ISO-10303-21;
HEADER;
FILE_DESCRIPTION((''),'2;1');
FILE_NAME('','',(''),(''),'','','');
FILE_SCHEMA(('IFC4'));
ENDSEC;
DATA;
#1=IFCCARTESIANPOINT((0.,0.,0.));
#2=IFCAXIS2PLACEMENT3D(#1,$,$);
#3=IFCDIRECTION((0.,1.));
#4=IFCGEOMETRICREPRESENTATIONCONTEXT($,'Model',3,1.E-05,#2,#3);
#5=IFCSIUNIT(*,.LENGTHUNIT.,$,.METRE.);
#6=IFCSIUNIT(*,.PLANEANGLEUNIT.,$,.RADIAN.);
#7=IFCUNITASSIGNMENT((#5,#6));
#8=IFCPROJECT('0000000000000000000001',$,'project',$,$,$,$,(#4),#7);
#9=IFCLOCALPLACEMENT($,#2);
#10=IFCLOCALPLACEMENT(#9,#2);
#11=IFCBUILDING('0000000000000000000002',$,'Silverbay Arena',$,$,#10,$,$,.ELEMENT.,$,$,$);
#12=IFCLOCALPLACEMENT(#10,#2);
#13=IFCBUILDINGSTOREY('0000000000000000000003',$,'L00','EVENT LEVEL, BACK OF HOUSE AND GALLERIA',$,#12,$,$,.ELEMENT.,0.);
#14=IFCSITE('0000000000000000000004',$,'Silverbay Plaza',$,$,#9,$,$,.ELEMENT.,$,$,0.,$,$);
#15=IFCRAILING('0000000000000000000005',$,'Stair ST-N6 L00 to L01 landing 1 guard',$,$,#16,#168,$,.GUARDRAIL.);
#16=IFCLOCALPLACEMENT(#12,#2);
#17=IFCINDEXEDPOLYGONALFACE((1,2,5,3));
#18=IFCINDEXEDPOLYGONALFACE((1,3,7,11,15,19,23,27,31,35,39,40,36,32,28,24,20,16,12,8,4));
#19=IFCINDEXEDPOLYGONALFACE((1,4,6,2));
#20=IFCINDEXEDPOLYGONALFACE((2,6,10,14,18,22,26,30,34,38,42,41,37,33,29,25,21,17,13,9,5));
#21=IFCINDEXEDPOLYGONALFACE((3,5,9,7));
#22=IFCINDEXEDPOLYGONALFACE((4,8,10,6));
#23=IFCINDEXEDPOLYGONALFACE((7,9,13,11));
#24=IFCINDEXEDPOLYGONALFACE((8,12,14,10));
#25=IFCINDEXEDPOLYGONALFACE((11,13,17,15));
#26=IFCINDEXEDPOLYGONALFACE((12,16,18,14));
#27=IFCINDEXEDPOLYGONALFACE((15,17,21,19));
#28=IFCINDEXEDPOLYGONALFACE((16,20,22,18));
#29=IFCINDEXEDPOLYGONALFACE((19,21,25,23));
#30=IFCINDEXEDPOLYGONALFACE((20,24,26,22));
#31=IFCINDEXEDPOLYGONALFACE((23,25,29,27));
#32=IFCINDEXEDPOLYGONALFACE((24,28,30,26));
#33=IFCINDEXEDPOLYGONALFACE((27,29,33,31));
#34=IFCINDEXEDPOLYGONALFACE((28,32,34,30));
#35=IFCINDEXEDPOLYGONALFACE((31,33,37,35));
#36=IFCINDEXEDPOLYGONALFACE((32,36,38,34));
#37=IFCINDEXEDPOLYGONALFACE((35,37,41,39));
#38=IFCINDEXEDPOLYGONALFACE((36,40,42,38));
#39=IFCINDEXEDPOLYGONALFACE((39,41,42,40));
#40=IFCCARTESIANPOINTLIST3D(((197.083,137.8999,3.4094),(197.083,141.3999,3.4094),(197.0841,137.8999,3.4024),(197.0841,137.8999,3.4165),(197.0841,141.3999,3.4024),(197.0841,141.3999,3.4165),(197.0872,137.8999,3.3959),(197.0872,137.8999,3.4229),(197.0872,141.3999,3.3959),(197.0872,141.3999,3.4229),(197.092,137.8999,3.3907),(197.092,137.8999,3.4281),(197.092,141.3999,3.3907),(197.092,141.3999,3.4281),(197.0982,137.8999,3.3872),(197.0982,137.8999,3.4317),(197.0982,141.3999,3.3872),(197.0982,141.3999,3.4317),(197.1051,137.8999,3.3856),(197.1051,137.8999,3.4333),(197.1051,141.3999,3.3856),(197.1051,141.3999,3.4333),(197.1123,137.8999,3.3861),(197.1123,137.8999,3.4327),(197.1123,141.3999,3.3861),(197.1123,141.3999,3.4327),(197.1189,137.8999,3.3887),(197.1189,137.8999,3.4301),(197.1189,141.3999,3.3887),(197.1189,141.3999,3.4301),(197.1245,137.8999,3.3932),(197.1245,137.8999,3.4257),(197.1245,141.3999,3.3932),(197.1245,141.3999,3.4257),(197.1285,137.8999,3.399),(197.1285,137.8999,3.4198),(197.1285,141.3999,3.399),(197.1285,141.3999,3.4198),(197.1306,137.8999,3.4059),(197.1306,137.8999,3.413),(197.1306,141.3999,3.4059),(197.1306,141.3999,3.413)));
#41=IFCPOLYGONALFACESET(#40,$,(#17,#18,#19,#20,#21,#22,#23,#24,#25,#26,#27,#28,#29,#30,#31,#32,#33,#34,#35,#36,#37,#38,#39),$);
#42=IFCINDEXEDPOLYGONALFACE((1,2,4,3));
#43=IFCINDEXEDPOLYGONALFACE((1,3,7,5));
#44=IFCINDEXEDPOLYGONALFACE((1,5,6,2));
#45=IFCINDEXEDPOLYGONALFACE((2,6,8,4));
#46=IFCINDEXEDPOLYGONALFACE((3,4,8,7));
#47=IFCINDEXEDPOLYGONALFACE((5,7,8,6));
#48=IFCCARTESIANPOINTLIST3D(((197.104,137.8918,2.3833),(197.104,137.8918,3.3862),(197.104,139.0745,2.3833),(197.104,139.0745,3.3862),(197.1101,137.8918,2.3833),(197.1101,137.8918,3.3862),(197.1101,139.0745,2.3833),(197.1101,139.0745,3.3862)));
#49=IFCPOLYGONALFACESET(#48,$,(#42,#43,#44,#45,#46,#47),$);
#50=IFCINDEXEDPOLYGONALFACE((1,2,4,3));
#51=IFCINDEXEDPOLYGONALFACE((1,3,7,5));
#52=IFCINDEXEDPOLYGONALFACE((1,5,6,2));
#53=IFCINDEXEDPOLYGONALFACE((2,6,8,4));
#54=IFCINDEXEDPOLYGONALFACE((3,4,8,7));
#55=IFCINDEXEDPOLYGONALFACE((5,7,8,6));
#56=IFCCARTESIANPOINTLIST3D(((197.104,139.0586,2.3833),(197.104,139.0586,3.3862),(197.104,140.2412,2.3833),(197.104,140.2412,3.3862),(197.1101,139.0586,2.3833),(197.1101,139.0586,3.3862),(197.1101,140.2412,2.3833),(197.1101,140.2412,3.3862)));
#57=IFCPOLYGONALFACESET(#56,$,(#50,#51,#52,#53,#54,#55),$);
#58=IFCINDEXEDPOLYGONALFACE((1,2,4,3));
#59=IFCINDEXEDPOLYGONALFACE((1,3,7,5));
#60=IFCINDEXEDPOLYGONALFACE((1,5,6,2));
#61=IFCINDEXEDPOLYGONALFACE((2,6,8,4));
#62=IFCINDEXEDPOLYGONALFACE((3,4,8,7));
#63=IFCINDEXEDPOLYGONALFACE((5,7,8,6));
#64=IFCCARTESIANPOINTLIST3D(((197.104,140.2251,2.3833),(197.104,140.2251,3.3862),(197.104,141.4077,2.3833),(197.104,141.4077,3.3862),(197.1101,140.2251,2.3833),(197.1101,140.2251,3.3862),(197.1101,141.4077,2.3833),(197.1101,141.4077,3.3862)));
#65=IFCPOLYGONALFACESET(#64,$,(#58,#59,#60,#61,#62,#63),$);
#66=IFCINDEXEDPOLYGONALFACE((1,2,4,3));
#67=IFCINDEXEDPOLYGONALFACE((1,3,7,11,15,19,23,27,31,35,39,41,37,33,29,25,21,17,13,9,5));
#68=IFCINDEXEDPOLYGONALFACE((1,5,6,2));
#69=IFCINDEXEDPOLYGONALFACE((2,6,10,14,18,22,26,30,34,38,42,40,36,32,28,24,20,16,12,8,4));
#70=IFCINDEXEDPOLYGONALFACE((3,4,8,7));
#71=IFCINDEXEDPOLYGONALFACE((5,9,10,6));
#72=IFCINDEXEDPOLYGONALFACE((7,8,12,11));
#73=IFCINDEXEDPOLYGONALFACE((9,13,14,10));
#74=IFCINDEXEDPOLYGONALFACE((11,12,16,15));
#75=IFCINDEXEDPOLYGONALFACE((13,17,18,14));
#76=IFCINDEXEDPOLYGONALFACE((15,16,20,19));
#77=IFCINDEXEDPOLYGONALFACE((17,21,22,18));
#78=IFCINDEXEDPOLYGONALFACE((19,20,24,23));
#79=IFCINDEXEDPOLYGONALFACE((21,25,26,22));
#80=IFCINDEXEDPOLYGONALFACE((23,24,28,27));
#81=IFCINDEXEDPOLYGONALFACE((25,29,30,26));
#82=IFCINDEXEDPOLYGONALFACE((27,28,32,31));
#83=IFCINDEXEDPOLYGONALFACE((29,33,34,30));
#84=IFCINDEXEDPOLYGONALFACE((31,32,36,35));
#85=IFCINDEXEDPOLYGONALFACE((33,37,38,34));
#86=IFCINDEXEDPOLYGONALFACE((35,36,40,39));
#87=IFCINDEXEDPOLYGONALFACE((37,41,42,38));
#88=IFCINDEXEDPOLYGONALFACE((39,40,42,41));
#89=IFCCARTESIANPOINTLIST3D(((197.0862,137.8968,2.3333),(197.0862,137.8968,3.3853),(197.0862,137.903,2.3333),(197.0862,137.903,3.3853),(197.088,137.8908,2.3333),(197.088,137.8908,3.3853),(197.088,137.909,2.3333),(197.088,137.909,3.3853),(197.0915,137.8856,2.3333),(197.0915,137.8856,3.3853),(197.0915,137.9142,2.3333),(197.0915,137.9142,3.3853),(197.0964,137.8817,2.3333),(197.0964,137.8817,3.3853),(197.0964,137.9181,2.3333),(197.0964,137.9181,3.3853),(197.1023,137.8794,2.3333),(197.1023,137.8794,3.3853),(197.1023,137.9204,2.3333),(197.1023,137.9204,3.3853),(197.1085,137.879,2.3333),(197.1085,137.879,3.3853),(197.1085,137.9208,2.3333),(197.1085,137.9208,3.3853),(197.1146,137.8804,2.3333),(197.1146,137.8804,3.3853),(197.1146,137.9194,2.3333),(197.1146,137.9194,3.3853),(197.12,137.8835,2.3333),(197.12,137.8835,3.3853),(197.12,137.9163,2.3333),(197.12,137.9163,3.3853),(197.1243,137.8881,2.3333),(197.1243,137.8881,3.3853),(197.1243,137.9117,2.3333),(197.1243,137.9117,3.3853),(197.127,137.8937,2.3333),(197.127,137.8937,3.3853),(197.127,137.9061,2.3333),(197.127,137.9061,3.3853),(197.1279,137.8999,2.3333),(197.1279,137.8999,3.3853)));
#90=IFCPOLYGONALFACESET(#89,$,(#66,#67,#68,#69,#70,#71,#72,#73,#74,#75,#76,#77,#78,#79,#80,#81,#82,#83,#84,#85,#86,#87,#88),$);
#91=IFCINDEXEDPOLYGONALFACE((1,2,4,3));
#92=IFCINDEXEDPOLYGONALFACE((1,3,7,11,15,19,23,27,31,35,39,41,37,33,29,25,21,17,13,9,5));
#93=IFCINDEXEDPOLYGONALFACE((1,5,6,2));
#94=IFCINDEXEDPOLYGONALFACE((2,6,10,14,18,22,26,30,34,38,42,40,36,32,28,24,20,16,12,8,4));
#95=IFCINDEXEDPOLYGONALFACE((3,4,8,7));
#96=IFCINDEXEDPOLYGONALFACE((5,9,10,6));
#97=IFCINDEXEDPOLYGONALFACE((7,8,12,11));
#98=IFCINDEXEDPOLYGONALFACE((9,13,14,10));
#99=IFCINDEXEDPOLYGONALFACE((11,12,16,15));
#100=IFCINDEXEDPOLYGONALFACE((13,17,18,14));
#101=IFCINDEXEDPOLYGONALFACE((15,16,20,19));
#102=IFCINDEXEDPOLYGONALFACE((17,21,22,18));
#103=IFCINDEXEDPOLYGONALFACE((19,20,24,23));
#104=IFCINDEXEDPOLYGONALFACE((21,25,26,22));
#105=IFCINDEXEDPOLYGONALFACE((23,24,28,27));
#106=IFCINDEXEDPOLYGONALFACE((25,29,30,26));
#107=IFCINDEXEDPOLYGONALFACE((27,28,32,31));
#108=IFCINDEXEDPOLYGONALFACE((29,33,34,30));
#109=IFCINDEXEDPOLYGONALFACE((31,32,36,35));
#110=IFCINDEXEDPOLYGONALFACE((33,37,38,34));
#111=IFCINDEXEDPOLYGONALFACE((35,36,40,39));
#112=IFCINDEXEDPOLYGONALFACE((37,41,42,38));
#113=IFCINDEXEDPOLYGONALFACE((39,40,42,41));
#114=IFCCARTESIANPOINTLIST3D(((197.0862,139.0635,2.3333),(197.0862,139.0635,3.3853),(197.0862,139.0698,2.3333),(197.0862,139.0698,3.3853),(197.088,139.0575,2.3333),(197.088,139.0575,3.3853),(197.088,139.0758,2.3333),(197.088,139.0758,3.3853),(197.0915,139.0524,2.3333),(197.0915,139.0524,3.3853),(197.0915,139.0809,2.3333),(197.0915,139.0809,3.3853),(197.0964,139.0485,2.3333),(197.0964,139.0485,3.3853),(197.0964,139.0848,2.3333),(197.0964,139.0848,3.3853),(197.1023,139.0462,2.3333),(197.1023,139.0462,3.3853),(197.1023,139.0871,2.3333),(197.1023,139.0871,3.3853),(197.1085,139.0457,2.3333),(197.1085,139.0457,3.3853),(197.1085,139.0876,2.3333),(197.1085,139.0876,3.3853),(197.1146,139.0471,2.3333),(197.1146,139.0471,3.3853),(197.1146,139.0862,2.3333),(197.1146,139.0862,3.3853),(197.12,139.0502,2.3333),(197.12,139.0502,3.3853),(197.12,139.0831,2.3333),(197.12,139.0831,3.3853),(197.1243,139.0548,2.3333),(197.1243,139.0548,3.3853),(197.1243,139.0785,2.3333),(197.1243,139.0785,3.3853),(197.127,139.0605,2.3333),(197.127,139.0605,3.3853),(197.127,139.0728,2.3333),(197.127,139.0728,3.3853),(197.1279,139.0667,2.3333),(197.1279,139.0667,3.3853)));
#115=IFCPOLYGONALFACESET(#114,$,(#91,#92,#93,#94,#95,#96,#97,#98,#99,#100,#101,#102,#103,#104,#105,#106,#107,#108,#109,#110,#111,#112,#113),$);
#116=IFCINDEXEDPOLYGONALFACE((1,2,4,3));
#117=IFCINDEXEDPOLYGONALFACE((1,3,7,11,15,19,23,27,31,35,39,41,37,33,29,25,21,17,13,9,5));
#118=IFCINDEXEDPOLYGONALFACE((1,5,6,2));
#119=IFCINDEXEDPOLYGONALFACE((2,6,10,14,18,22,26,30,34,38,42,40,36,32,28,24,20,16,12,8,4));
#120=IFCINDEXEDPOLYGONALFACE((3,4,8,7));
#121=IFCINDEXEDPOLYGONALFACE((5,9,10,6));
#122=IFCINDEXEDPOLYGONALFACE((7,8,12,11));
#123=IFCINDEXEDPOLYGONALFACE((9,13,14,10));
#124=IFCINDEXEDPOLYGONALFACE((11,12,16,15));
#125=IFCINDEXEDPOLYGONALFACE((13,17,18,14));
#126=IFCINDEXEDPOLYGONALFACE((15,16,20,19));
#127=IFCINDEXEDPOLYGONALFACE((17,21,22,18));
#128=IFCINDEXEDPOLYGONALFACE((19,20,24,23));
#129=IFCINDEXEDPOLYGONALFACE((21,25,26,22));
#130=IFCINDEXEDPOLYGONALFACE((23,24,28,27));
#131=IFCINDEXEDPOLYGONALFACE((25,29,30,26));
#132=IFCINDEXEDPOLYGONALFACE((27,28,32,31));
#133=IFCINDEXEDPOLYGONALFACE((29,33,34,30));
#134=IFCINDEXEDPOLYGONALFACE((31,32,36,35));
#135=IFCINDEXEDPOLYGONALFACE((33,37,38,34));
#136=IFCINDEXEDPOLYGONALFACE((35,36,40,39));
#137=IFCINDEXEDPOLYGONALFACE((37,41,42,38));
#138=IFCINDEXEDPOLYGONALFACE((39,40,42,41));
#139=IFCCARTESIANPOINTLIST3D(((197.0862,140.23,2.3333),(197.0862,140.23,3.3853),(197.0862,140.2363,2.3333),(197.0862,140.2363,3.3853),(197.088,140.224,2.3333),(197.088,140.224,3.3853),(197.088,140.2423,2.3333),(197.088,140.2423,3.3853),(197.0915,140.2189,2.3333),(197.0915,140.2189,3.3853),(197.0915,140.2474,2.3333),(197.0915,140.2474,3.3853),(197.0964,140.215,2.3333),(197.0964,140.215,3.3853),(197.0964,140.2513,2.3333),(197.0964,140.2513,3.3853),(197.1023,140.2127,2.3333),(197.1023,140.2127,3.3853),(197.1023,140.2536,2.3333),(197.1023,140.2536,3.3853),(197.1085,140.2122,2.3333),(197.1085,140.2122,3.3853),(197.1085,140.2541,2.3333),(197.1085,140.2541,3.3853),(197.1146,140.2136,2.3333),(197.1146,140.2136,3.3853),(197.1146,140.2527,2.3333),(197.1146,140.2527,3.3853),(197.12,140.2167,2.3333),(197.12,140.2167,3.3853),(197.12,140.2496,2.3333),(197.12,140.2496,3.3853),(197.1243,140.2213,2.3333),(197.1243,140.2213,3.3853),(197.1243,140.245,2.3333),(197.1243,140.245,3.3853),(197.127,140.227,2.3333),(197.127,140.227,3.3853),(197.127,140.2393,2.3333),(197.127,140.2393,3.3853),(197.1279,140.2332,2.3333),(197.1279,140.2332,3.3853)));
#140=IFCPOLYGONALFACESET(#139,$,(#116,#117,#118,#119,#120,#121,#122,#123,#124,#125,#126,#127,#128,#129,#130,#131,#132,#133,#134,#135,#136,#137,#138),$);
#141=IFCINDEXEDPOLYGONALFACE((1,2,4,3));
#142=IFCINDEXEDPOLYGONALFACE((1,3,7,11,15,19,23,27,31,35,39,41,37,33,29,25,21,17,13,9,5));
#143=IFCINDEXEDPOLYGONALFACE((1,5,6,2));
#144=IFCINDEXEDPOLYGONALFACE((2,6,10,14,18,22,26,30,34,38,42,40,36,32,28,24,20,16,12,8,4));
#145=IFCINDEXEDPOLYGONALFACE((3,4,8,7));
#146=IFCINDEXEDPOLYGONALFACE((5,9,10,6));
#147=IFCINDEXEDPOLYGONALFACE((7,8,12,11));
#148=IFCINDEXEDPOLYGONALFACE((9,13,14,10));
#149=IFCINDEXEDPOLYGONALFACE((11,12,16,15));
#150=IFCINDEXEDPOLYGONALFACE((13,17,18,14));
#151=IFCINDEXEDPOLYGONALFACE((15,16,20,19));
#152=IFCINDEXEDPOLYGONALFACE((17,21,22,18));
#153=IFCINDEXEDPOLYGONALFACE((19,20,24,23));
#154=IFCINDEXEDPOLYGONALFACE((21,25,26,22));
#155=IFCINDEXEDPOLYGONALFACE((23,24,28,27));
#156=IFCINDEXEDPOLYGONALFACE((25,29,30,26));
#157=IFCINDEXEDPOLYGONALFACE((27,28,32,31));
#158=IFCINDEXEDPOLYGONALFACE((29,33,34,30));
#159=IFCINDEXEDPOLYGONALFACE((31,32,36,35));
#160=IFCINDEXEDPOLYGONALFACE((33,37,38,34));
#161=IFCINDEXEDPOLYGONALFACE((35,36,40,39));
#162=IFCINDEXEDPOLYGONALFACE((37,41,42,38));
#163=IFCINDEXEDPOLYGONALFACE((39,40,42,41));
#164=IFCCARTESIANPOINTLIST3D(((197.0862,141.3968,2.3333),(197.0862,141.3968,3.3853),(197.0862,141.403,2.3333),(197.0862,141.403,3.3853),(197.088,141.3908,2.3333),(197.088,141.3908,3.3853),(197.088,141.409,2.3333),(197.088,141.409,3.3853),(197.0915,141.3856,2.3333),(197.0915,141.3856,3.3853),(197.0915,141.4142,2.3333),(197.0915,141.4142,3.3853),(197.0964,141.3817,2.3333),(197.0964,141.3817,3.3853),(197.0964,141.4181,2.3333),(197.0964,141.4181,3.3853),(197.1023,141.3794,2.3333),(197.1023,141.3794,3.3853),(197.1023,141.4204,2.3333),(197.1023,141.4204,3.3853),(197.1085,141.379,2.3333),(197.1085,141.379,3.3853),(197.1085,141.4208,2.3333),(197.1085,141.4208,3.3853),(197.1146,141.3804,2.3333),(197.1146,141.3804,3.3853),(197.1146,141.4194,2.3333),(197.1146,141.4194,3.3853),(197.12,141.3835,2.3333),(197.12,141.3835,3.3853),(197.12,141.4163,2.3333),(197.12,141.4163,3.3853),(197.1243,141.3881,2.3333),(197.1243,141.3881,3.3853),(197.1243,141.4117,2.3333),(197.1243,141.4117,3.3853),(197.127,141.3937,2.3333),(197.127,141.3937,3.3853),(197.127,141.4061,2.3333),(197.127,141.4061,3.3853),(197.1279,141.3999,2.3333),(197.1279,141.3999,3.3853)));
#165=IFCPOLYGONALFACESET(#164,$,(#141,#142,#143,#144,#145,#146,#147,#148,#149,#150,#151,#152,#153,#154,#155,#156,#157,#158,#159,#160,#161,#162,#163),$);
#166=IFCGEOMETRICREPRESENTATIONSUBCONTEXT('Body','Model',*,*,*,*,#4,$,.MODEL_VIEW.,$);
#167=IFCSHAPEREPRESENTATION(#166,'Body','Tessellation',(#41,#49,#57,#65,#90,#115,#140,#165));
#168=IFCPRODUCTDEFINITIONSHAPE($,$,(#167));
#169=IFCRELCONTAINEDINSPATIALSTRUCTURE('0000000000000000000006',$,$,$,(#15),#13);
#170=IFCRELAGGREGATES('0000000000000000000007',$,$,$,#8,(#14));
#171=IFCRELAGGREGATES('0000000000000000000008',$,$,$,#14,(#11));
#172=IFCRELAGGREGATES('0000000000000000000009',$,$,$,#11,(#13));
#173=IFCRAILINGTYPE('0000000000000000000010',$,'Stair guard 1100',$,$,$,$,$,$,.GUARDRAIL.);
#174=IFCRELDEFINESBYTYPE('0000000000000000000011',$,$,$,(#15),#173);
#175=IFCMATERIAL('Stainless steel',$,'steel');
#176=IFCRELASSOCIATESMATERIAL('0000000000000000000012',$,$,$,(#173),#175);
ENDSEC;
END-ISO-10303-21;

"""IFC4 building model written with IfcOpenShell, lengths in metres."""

from ifc_helpers import new_model, si_unit, direction, frame, origin, origin_2d, place, context, subcontext, project, spatial, polyline, circle, outline, extrude, material, type_object, element, save


model = new_model("IFC4")

# Units and contexts
model_context = context("Model", 3, precision=1e-05, world=origin(), true_north=direction((0.0, 1.0)))
body_context = subcontext(model_context, "Body", "Model", "MODEL_VIEW")
ifc_project = project(units=[si_unit("LENGTHUNIT", "METRE"), si_unit("PLANEANGLEUNIT", "RADIAN")], contexts=[model_context])

# Site, building, storey
site_placement = place(None, origin())
site = spatial("IfcSite", under=ifc_project, at=site_placement, Name="Silverbay Plaza", CompositionType="ELEMENT", RefElevation=0.0)
building_placement = place(site_placement, origin())
building = spatial("IfcBuilding", under=site, at=building_placement, Name="Silverbay Arena", CompositionType="ELEMENT")
storey_placement = place(building_placement, origin())
storey = spatial("IfcBuildingStorey", under=building, at=storey_placement, Name="L00", Description="EVENT LEVEL, BACK OF HOUSE AND GALLERIA", CompositionType="ELEMENT", Elevation=0.0)

# Railing
ifc_material_1 = material(Name="Stainless steel", Category="steel")
railing_type_1 = type_object("IfcRailingType", Name="Stair guard 1100", PredefinedType="GUARDRAIL", material=ifc_material_1)
for number, where, name in (
    (1, (197.1069, 137.8999, 2.3333), "Stair ST-N6 L00 to L01 landing 1 guard"),
):
    element("IfcRailing", number, at=place(storey_placement, frame(where)), inside=storey, type_object=railing_type_1, Name=name, PredefinedType="GUARDRAIL", context=body_context, shape_type="SweptSolid", body=[
        extrude(circle(Radius=0.0239, at=origin_2d()), frame((0.0, 0.0, 1.0762), z_axis=(0.0, 1.0, 0.0), x_axis=(-1.0, 0.0, 0.0)), (0.0, 0.0, 1.0), 3.5),
        extrude(outline(polyline([(-0.0081, 0.05), (1.1746, 0.05), (1.1746, 1.053), (-0.0081, 1.053), (-0.0081, 0.05)])), frame((-0.0029, 0.0, 0.0), z_axis=(1.0, 0.0, 0.0), x_axis=(0.0, 1.0, 0.0)), (0.0, 0.0, 1.0), 0.0061),
        extrude(outline(polyline([(-0.0081, 0.05), (1.1746, 0.05), (1.1746, 1.053), (-0.0081, 1.053), (-0.0081, 0.05)])), frame((-0.0029, 1.1667, 0.0), z_axis=(1.0, 0.0, 0.0), x_axis=(0.0, 1.0, 0.0)), (0.0, 0.0, 1.0), 0.0061),
        extrude(outline(polyline([(-0.0081, 0.05), (1.1746, 0.05), (1.1746, 1.053), (-0.0081, 1.053), (-0.0081, 0.05)])), frame((-0.0029, 2.3333, 0.0), z_axis=(1.0, 0.0, 0.0), x_axis=(0.0, 1.0, 0.0)), (0.0, 0.0, 1.0), 0.0061),
        extrude(circle(Radius=0.021, at=origin_2d()), origin(), (0.0, 0.0, 1.0), 1.052),
        extrude(circle(Radius=0.021, at=origin_2d()), frame((0.0, 1.1667, 0.0)), (0.0, 0.0, 1.0), 1.052),
        extrude(circle(Radius=0.021, at=origin_2d()), frame((0.0, 2.3333, 0.0)), (0.0, 0.0, 1.0), 1.052),
        extrude(circle(Radius=0.021, at=origin_2d()), frame((0.0, 3.5, 0.0)), (0.0, 0.0, 1.0), 1.052),
    ])

save(model, "model.ifc")
